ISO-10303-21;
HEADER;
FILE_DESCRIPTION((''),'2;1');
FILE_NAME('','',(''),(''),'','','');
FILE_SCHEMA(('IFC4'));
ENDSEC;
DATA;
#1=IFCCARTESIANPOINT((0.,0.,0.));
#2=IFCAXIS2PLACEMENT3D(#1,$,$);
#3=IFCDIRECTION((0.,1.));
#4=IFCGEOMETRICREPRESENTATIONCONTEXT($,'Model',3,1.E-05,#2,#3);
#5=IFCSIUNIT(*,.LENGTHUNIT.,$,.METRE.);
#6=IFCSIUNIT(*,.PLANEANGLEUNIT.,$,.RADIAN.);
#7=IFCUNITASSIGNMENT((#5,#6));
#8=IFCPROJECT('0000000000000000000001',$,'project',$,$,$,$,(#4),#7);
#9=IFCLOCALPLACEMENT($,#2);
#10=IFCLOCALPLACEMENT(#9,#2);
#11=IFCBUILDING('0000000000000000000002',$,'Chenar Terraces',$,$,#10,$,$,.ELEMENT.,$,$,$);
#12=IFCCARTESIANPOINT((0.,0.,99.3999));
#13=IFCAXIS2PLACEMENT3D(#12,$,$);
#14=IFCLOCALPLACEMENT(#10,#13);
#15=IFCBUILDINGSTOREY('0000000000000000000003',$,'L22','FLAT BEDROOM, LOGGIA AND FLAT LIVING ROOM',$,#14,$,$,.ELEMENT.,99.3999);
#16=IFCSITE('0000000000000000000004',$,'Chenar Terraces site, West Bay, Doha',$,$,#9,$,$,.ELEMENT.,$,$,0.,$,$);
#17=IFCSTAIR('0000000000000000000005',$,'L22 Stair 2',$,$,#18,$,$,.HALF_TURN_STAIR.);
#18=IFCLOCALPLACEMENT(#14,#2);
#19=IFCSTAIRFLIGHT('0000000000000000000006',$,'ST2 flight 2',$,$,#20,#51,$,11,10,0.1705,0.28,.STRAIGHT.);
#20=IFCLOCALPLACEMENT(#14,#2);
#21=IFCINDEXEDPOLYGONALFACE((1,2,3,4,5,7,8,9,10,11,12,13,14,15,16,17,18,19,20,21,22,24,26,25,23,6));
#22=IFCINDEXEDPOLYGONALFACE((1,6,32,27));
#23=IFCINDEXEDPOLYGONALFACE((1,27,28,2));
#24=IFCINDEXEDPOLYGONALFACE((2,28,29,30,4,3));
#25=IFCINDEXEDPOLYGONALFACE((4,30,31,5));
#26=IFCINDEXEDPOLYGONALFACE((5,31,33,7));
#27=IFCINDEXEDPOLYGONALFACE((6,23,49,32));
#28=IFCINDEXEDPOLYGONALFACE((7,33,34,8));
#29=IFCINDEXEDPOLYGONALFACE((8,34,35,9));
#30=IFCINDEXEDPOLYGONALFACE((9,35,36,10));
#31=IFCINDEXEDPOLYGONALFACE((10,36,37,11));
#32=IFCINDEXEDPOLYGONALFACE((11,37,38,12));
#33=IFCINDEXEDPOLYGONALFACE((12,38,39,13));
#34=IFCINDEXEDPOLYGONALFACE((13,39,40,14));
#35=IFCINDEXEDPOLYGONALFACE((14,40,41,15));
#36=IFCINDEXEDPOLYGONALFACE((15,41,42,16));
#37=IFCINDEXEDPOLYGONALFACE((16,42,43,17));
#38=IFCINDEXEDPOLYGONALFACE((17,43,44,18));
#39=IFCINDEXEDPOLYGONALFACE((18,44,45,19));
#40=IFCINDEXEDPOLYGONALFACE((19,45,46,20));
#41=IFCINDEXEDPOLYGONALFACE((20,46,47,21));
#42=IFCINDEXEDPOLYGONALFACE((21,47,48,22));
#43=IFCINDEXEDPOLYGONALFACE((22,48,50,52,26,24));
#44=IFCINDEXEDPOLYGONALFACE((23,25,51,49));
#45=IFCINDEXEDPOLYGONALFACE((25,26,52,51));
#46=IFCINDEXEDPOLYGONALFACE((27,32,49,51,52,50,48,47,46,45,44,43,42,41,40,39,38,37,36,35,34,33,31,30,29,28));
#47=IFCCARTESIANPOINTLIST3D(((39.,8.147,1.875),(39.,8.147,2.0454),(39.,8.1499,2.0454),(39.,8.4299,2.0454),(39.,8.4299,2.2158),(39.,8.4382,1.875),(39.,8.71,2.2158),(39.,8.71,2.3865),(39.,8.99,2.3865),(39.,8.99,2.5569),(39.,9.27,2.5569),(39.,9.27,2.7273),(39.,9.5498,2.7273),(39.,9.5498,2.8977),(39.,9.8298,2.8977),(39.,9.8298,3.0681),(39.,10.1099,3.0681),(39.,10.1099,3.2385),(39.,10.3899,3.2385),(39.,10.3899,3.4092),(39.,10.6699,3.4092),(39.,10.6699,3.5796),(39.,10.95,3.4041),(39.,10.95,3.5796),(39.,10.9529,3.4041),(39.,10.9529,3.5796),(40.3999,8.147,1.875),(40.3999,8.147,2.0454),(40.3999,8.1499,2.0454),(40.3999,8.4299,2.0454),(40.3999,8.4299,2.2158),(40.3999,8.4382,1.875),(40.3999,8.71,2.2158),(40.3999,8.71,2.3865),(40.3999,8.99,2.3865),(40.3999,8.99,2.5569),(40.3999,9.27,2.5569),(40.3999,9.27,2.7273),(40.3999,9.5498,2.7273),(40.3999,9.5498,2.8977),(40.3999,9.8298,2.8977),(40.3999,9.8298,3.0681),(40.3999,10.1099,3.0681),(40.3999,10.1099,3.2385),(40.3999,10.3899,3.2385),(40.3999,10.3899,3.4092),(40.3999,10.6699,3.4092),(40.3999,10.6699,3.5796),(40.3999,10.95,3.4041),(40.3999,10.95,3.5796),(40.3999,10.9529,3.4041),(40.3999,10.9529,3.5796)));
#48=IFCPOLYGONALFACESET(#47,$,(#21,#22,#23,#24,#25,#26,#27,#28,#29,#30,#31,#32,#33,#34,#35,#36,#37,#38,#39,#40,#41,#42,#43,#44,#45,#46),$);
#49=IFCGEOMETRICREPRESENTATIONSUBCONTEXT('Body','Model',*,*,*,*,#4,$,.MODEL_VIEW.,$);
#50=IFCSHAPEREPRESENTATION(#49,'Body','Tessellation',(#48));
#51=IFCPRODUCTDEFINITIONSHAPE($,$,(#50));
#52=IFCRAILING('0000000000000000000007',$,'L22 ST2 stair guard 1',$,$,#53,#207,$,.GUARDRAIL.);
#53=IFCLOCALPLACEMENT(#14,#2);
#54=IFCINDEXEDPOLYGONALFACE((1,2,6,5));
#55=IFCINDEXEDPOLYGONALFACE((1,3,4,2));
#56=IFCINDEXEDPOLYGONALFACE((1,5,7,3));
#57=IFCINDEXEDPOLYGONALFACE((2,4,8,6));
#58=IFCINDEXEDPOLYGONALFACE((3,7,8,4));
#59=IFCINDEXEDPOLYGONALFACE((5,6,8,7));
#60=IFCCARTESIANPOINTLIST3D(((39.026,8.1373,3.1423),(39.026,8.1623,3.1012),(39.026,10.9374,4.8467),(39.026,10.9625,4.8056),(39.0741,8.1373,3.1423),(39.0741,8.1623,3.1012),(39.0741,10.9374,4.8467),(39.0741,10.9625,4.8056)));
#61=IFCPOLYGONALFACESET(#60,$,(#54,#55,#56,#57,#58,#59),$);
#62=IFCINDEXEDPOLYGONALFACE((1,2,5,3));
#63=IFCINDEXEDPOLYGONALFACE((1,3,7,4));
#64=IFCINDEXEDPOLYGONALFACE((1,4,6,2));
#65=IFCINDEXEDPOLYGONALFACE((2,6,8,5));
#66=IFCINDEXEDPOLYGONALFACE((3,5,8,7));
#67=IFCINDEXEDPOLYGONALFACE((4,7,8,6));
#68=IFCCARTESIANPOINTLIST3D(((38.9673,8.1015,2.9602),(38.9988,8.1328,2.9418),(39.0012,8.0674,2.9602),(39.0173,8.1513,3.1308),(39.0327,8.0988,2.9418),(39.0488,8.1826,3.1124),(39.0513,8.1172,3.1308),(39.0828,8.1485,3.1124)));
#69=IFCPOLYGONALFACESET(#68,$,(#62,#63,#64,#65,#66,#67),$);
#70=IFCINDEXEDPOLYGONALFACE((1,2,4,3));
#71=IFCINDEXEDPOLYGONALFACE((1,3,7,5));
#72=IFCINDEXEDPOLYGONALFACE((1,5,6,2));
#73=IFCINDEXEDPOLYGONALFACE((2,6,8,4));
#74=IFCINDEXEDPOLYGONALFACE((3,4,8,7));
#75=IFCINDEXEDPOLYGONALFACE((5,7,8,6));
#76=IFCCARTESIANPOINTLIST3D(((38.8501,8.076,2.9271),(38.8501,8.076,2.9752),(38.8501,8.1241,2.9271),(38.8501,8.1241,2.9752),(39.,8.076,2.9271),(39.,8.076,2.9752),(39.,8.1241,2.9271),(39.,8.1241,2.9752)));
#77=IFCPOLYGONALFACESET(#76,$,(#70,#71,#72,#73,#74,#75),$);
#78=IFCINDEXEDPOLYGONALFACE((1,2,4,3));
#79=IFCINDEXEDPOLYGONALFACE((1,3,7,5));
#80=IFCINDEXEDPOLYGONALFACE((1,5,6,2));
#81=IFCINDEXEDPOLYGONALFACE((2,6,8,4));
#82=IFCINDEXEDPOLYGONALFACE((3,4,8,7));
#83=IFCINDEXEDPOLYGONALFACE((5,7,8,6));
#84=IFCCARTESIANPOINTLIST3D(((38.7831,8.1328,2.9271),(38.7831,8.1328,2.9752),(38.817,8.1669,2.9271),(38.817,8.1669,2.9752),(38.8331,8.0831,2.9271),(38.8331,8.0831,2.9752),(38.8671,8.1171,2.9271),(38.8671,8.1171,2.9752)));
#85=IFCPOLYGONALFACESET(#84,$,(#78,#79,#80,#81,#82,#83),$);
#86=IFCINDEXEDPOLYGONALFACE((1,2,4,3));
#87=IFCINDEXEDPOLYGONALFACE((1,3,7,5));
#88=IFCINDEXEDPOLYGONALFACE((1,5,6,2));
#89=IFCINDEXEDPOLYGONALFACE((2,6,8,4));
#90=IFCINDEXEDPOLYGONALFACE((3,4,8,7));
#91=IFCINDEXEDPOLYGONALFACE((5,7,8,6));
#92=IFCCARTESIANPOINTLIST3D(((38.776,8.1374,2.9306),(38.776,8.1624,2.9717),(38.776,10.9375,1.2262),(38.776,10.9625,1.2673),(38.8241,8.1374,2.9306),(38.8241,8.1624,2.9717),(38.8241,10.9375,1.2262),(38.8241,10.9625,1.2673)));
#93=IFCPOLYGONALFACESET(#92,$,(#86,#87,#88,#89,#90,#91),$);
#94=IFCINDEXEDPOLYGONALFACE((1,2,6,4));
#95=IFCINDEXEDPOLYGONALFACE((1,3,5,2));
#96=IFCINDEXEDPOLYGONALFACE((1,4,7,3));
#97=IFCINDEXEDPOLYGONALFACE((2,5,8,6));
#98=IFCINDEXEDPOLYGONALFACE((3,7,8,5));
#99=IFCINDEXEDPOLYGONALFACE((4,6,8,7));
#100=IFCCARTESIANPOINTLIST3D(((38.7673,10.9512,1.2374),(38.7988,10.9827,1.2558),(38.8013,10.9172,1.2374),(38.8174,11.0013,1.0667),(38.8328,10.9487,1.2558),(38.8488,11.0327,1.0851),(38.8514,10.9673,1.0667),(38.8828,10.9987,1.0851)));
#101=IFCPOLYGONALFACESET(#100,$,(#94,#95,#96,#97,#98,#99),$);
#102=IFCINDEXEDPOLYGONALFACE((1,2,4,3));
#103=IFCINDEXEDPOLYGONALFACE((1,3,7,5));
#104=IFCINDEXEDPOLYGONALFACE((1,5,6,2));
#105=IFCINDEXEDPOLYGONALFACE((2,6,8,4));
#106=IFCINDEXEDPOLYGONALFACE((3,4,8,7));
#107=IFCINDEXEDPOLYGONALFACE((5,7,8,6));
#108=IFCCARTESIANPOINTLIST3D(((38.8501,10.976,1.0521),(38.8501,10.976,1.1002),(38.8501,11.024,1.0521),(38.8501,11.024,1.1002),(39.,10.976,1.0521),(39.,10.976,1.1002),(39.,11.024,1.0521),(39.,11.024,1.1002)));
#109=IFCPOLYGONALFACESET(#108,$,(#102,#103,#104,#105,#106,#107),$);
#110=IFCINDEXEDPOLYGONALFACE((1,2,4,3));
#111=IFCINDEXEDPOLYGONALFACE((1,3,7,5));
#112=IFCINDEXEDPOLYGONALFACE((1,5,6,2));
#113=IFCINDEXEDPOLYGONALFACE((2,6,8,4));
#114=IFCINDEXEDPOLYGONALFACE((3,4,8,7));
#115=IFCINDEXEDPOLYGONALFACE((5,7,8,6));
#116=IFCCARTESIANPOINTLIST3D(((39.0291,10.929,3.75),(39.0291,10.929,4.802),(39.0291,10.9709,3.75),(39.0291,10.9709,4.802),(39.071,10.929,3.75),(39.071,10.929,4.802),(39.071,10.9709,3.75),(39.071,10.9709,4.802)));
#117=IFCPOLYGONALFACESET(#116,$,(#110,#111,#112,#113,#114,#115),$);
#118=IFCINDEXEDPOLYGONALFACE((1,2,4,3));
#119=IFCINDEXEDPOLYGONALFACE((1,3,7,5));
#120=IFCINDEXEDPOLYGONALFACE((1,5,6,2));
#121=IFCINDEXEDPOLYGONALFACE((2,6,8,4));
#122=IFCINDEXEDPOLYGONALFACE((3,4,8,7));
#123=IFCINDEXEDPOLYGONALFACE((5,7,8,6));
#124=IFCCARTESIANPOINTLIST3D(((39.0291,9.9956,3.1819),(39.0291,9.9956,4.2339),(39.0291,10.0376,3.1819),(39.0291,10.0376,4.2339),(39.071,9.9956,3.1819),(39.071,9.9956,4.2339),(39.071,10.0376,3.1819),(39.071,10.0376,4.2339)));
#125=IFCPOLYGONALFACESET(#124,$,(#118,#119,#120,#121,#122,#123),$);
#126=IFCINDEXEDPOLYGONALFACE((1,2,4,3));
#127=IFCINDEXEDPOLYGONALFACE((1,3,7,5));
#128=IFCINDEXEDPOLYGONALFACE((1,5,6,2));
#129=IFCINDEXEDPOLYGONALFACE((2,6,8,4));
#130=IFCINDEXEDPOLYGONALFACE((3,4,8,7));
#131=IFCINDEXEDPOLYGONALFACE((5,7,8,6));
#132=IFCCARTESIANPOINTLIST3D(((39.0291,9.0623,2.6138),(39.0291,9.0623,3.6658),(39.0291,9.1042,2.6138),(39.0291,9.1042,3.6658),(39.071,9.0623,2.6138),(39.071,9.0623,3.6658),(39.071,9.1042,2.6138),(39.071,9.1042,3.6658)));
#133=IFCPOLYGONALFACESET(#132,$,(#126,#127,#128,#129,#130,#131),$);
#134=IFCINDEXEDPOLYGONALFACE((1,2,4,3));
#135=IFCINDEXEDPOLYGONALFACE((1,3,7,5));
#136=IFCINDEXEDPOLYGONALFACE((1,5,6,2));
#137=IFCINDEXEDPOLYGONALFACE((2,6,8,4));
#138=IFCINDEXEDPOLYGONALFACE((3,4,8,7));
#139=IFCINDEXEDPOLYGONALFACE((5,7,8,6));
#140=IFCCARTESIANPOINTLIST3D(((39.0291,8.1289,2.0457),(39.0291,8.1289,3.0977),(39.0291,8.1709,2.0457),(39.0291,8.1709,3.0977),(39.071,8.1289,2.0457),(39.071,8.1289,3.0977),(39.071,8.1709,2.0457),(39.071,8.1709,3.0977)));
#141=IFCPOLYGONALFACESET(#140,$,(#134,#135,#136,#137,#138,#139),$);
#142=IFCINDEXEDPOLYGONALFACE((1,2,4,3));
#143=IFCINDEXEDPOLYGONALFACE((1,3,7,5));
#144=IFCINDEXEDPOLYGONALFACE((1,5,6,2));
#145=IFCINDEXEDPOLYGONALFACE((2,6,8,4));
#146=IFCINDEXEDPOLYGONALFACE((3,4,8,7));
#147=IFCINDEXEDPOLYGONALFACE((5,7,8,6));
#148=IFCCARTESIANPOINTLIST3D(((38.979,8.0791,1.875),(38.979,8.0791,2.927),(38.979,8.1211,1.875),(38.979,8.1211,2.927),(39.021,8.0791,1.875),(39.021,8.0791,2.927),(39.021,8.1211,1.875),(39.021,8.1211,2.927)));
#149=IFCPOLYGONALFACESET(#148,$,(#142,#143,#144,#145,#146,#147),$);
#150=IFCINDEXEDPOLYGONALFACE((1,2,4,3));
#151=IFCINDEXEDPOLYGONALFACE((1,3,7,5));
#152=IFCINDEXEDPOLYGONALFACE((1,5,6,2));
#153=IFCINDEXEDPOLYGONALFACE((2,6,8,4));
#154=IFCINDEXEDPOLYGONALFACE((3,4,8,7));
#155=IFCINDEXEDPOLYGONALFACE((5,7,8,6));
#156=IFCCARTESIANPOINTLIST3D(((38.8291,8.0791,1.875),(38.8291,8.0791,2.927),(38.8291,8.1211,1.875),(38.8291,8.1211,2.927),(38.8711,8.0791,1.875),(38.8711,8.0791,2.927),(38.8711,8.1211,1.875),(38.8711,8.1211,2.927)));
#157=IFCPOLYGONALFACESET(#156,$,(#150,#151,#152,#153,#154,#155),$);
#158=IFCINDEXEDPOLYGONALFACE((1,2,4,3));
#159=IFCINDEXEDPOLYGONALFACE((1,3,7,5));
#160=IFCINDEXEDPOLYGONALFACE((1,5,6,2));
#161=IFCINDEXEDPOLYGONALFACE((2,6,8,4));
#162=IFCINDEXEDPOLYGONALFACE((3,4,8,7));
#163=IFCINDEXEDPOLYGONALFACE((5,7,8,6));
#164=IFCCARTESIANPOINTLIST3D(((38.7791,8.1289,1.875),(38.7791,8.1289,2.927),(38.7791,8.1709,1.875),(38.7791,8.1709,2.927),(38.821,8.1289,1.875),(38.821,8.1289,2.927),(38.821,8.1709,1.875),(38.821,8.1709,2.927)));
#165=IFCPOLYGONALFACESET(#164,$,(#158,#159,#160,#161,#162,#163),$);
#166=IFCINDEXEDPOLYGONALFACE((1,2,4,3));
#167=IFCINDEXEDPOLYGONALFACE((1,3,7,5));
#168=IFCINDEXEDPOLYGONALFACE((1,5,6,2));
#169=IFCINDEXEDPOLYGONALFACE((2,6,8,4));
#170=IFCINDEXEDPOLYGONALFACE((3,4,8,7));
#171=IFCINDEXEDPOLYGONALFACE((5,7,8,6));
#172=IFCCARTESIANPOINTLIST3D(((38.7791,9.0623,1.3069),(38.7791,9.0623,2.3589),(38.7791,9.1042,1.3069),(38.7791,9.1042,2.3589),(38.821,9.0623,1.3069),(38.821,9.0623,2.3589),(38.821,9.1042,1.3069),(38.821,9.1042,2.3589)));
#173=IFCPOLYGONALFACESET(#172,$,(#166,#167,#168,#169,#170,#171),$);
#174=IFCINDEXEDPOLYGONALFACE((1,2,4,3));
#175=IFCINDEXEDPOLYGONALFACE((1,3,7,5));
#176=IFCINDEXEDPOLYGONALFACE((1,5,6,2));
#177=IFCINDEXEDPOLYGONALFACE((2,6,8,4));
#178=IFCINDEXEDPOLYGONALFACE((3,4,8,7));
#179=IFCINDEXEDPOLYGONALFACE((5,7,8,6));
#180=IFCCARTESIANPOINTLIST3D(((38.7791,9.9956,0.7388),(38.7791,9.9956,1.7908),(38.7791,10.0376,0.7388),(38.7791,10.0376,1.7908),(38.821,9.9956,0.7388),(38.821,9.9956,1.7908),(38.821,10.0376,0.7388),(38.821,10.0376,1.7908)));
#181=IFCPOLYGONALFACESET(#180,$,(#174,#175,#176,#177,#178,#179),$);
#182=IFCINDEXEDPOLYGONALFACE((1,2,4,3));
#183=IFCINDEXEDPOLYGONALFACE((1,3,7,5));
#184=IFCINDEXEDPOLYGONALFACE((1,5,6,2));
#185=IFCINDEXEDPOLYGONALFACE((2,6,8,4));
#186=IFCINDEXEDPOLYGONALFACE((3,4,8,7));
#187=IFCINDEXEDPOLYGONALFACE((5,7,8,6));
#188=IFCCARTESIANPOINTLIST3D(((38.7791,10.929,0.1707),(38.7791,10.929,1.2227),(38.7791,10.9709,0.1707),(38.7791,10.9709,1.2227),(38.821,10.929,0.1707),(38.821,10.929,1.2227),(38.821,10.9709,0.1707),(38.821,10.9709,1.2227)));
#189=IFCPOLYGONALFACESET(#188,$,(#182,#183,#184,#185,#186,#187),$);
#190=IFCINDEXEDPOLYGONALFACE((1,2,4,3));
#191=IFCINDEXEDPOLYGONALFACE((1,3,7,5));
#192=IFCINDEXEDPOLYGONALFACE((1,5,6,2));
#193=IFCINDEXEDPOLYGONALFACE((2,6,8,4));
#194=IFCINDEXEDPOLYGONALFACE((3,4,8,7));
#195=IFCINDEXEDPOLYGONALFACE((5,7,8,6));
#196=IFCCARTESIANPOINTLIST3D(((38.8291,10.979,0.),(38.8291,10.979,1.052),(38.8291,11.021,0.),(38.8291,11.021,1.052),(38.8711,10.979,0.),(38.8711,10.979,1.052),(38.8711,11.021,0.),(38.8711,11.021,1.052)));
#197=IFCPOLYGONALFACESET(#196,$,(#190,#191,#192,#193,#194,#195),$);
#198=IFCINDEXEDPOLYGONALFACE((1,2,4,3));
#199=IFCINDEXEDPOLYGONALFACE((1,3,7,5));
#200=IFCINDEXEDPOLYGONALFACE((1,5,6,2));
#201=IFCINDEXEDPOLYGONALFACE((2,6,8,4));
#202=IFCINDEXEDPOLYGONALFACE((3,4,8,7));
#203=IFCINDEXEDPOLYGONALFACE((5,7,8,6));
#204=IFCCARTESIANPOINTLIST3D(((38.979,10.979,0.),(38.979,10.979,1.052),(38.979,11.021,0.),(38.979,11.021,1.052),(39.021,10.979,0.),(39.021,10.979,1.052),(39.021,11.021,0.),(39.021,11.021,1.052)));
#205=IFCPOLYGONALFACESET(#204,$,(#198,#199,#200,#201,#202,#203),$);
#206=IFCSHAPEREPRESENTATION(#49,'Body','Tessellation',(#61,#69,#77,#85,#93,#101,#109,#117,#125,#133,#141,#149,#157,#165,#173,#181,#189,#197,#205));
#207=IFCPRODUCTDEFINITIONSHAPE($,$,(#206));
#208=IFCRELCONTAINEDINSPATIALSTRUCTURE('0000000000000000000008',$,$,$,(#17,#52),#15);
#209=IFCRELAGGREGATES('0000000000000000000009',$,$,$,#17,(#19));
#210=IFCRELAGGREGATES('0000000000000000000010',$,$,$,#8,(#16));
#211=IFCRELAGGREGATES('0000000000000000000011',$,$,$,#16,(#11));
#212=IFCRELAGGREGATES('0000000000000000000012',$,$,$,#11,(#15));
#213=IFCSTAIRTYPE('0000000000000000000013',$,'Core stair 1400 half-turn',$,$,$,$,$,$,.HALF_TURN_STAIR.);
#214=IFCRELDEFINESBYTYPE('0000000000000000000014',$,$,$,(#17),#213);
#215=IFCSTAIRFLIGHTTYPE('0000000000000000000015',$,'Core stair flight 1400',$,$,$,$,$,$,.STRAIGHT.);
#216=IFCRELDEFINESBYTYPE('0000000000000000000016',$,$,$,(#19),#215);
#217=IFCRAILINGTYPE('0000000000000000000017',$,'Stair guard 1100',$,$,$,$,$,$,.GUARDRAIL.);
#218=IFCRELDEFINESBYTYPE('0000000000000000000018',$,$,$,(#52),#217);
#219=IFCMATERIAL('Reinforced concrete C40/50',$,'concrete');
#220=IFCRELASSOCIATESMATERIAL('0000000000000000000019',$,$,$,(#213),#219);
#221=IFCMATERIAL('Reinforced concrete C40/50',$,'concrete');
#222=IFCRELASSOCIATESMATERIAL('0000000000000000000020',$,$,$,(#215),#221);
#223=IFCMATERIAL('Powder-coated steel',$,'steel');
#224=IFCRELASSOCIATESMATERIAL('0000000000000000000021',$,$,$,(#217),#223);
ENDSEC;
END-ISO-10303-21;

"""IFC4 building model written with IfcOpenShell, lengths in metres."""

from ifc_helpers import new_model, si_unit, direction, frame, origin, origin_2d, place, context, subcontext, project, spatial, polyline, rectangle, outline, extrude, material, type_object, element, aggregate, save


model = new_model("IFC4")

# Units and contexts
model_context = context("Model", 3, precision=1e-05, world=origin(), true_north=direction((0.0, 1.0)))
body_context = subcontext(model_context, "Body", "Model", "MODEL_VIEW")
ifc_project = project(units=[si_unit("LENGTHUNIT", "METRE"), si_unit("PLANEANGLEUNIT", "RADIAN")], contexts=[model_context])

# Site, building, storey
site_placement = place(None, origin())
site = spatial("IfcSite", under=ifc_project, at=site_placement, Name="Chenar Terraces site, West Bay, Doha", CompositionType="ELEMENT", RefElevation=0.0)
building_placement = place(site_placement, origin())
building = spatial("IfcBuilding", under=site, at=building_placement, Name="Chenar Terraces", CompositionType="ELEMENT")
storey_placement = place(building_placement, frame((0.0, 0.0, 99.3999)))
storey = spatial("IfcBuildingStorey", under=building, at=storey_placement, Name="L22", Description="FLAT BEDROOM, LOGGIA AND FLAT LIVING ROOM", CompositionType="ELEMENT", Elevation=99.3999)

# Stair, stair flight
ifc_material_1 = material(Name="Reinforced concrete C40/50", Category="concrete")
stair_type = type_object("IfcStairType", Name="Core stair 1400 half-turn", PredefinedType="HALF_TURN_STAIR", material=ifc_material_1)
stair_placement = place(storey_placement, origin())
stair = element("IfcStair", 1, at=stair_placement, inside=storey, type_object=stair_type, Name="L22 Stair 2", PredefinedType="HALF_TURN_STAIR")
ifc_material_2 = material(Name="Reinforced concrete C40/50", Category="concrete")
stair_flight_type = type_object("IfcStairFlightType", Name="Core stair flight 1400", PredefinedType="STRAIGHT", material=ifc_material_2)
stair_flight_1_placement = place(storey_placement, frame((39.7, 8.1499, 1.875), z_axis=(0.0, 0.0, 1.0), x_axis=(0.0, 1.0, 0.0)))
stair_flight_1 = element("IfcStairFlight", 2, at=stair_flight_1_placement, type_object=stair_flight_type, Name="ST2 flight 2", NumberOfRisers=11, NumberOfTreads=10, PredefinedType="STRAIGHT", RiserHeight=0.1705, TreadLength=0.28, context=body_context, shape_type="SweptSolid", body=[
    extrude(outline(polyline([(-0.0029, 0.0), (-0.0029, 0.1704), (0.0, 0.1704), (0.28, 0.1704), (0.28, 0.3408), (0.5601, 0.3408), (0.5601, 0.5115), (0.8401, 0.5115), (0.8401, 0.6819), (1.1201, 0.6819), (1.1201, 0.8523), (1.3999, 0.8523), (1.3999, 1.0227), (1.6799, 1.0227), (1.6799, 1.1931), (1.96, 1.1931), (1.96, 1.3635), (2.24, 1.3635), (2.24, 1.5342), (2.52, 1.5342), (2.52, 1.7046), (2.8, 1.7046), (2.803, 1.7046), (2.803, 1.5291), (2.8, 1.5291), (0.2883, 0.0), (-0.0029, 0.0)])), frame((0.0, 0.7, 0.0), z_axis=(0.0, -1.0, 0.0), x_axis=(1.0, 0.0, 0.0)), (0.0, 0.0, 1.0), 1.3999),
])
aggregate(stair, [stair_flight_1])

# Railing
ifc_material_3 = material(Name="Powder-coated steel", Category="steel")
railing_type_1 = type_object("IfcRailingType", Name="Stair guard 1100", PredefinedType="GUARDRAIL", material=ifc_material_3)
railing_1_placement = place(storey_placement, frame((39.05, 10.95, 3.75)))
element("IfcRailing", 3, at=railing_1_placement, inside=storey, type_object=railing_type_1, Name="L22 ST2 stair guard 1", PredefinedType="GUARDRAIL", context=body_context, shape_type="SweptSolid", body=[
    extrude(rectangle(XDim=0.0481, YDim=0.0481, at=origin_2d()), frame((0.0, 0.0, 1.0762), z_axis=(0.0, -0.854203, -0.51994), x_axis=(1.0, 0.0, 0.0)), (0.0, 0.0, 1.0), 3.2781),
    extrude(rectangle(XDim=0.0481, YDim=0.0481, at=origin_2d()), frame((0.0, -2.8, -0.6284), z_axis=(-0.270997, -0.269675, -0.924033), x_axis=(0.705376, -0.708834, 0.0)), (0.0, 0.0, 1.0), 0.1846),
    extrude(rectangle(XDim=0.0481, YDim=0.0481, at=origin_2d()), frame((-0.05, -2.8499, -0.7988), z_axis=(-1.0, 0.0, 0.0), x_axis=(0.0, -1.0, 0.0)), (0.0, 0.0, 1.0), 0.1499),
    extrude(rectangle(XDim=0.0481, YDim=0.0481, at=origin_2d()), frame((-0.2, -2.8499, -0.7988), z_axis=(-0.708834, 0.705376, 0.0), x_axis=(-0.705376, -0.708834, 0.0)), (0.0, 0.0, 1.0), 0.0706),
    extrude(rectangle(XDim=0.0481, YDim=0.0481, at=origin_2d()), frame((-0.25, -2.8, -0.7988), z_axis=(0.0, 0.854203, -0.51994), x_axis=(-1.0, 0.0, 0.0)), (0.0, 0.0, 1.0), 3.2781),
    extrude(rectangle(XDim=0.0481, YDim=0.0481, at=origin_2d()), frame((-0.25, 0.0, -2.5034), z_axis=(0.2709, 0.2709, -0.923703), x_axis=(-0.707107, 0.707107, 0.0)), (0.0, 0.0, 1.0), 0.1848),
    extrude(rectangle(XDim=0.0481, YDim=0.0481, at=origin_2d()), frame((-0.2, 0.05, -2.6738), z_axis=(1.0, 0.0, 0.0), x_axis=(0.0, 1.0, 0.0)), (0.0, 0.0, 1.0), 0.1499),
    extrude(rectangle(XDim=0.042, YDim=0.042, at=origin_2d()), origin(), (0.0, 0.0, 1.0), 1.052),
    extrude(rectangle(XDim=0.042, YDim=0.042, at=origin_2d()), frame((0.0, -0.9333, -0.5681)), (0.0, 0.0, 1.0), 1.052),
    extrude(rectangle(XDim=0.042, YDim=0.042, at=origin_2d()), frame((0.0, -1.8667, -1.1362)), (0.0, 0.0, 1.0), 1.052),
    extrude(rectangle(XDim=0.042, YDim=0.042, at=origin_2d()), frame((0.0, -2.8, -1.7043)), (0.0, 0.0, 1.0), 1.052),
    extrude(rectangle(XDim=0.042, YDim=0.042, at=origin_2d()), frame((-0.05, -2.8499, -1.875)), (0.0, 0.0, 1.0), 1.052),
    extrude(rectangle(XDim=0.042, YDim=0.042, at=origin_2d()), frame((-0.2, -2.8499, -1.875)), (0.0, 0.0, 1.0), 1.052),
    extrude(rectangle(XDim=0.042, YDim=0.042, at=origin_2d()), frame((-0.25, -2.8, -1.875)), (0.0, 0.0, 1.0), 1.052),
    extrude(rectangle(XDim=0.042, YDim=0.042, at=origin_2d()), frame((-0.25, -1.8667, -2.4431)), (0.0, 0.0, 1.0), 1.052),
    extrude(rectangle(XDim=0.042, YDim=0.042, at=origin_2d()), frame((-0.25, -0.9333, -3.0112)), (0.0, 0.0, 1.0), 1.052),
    extrude(rectangle(XDim=0.042, YDim=0.042, at=origin_2d()), frame((-0.25, 0.0, -3.5793)), (0.0, 0.0, 1.0), 1.052),
    extrude(rectangle(XDim=0.042, YDim=0.042, at=origin_2d()), frame((-0.2, 0.05, -3.75)), (0.0, 0.0, 1.0), 1.052),
    extrude(rectangle(XDim=0.042, YDim=0.042, at=origin_2d()), frame((-0.05, 0.05, -3.75)), (0.0, 0.0, 1.0), 1.052),
])

save(model, "model.ifc")
